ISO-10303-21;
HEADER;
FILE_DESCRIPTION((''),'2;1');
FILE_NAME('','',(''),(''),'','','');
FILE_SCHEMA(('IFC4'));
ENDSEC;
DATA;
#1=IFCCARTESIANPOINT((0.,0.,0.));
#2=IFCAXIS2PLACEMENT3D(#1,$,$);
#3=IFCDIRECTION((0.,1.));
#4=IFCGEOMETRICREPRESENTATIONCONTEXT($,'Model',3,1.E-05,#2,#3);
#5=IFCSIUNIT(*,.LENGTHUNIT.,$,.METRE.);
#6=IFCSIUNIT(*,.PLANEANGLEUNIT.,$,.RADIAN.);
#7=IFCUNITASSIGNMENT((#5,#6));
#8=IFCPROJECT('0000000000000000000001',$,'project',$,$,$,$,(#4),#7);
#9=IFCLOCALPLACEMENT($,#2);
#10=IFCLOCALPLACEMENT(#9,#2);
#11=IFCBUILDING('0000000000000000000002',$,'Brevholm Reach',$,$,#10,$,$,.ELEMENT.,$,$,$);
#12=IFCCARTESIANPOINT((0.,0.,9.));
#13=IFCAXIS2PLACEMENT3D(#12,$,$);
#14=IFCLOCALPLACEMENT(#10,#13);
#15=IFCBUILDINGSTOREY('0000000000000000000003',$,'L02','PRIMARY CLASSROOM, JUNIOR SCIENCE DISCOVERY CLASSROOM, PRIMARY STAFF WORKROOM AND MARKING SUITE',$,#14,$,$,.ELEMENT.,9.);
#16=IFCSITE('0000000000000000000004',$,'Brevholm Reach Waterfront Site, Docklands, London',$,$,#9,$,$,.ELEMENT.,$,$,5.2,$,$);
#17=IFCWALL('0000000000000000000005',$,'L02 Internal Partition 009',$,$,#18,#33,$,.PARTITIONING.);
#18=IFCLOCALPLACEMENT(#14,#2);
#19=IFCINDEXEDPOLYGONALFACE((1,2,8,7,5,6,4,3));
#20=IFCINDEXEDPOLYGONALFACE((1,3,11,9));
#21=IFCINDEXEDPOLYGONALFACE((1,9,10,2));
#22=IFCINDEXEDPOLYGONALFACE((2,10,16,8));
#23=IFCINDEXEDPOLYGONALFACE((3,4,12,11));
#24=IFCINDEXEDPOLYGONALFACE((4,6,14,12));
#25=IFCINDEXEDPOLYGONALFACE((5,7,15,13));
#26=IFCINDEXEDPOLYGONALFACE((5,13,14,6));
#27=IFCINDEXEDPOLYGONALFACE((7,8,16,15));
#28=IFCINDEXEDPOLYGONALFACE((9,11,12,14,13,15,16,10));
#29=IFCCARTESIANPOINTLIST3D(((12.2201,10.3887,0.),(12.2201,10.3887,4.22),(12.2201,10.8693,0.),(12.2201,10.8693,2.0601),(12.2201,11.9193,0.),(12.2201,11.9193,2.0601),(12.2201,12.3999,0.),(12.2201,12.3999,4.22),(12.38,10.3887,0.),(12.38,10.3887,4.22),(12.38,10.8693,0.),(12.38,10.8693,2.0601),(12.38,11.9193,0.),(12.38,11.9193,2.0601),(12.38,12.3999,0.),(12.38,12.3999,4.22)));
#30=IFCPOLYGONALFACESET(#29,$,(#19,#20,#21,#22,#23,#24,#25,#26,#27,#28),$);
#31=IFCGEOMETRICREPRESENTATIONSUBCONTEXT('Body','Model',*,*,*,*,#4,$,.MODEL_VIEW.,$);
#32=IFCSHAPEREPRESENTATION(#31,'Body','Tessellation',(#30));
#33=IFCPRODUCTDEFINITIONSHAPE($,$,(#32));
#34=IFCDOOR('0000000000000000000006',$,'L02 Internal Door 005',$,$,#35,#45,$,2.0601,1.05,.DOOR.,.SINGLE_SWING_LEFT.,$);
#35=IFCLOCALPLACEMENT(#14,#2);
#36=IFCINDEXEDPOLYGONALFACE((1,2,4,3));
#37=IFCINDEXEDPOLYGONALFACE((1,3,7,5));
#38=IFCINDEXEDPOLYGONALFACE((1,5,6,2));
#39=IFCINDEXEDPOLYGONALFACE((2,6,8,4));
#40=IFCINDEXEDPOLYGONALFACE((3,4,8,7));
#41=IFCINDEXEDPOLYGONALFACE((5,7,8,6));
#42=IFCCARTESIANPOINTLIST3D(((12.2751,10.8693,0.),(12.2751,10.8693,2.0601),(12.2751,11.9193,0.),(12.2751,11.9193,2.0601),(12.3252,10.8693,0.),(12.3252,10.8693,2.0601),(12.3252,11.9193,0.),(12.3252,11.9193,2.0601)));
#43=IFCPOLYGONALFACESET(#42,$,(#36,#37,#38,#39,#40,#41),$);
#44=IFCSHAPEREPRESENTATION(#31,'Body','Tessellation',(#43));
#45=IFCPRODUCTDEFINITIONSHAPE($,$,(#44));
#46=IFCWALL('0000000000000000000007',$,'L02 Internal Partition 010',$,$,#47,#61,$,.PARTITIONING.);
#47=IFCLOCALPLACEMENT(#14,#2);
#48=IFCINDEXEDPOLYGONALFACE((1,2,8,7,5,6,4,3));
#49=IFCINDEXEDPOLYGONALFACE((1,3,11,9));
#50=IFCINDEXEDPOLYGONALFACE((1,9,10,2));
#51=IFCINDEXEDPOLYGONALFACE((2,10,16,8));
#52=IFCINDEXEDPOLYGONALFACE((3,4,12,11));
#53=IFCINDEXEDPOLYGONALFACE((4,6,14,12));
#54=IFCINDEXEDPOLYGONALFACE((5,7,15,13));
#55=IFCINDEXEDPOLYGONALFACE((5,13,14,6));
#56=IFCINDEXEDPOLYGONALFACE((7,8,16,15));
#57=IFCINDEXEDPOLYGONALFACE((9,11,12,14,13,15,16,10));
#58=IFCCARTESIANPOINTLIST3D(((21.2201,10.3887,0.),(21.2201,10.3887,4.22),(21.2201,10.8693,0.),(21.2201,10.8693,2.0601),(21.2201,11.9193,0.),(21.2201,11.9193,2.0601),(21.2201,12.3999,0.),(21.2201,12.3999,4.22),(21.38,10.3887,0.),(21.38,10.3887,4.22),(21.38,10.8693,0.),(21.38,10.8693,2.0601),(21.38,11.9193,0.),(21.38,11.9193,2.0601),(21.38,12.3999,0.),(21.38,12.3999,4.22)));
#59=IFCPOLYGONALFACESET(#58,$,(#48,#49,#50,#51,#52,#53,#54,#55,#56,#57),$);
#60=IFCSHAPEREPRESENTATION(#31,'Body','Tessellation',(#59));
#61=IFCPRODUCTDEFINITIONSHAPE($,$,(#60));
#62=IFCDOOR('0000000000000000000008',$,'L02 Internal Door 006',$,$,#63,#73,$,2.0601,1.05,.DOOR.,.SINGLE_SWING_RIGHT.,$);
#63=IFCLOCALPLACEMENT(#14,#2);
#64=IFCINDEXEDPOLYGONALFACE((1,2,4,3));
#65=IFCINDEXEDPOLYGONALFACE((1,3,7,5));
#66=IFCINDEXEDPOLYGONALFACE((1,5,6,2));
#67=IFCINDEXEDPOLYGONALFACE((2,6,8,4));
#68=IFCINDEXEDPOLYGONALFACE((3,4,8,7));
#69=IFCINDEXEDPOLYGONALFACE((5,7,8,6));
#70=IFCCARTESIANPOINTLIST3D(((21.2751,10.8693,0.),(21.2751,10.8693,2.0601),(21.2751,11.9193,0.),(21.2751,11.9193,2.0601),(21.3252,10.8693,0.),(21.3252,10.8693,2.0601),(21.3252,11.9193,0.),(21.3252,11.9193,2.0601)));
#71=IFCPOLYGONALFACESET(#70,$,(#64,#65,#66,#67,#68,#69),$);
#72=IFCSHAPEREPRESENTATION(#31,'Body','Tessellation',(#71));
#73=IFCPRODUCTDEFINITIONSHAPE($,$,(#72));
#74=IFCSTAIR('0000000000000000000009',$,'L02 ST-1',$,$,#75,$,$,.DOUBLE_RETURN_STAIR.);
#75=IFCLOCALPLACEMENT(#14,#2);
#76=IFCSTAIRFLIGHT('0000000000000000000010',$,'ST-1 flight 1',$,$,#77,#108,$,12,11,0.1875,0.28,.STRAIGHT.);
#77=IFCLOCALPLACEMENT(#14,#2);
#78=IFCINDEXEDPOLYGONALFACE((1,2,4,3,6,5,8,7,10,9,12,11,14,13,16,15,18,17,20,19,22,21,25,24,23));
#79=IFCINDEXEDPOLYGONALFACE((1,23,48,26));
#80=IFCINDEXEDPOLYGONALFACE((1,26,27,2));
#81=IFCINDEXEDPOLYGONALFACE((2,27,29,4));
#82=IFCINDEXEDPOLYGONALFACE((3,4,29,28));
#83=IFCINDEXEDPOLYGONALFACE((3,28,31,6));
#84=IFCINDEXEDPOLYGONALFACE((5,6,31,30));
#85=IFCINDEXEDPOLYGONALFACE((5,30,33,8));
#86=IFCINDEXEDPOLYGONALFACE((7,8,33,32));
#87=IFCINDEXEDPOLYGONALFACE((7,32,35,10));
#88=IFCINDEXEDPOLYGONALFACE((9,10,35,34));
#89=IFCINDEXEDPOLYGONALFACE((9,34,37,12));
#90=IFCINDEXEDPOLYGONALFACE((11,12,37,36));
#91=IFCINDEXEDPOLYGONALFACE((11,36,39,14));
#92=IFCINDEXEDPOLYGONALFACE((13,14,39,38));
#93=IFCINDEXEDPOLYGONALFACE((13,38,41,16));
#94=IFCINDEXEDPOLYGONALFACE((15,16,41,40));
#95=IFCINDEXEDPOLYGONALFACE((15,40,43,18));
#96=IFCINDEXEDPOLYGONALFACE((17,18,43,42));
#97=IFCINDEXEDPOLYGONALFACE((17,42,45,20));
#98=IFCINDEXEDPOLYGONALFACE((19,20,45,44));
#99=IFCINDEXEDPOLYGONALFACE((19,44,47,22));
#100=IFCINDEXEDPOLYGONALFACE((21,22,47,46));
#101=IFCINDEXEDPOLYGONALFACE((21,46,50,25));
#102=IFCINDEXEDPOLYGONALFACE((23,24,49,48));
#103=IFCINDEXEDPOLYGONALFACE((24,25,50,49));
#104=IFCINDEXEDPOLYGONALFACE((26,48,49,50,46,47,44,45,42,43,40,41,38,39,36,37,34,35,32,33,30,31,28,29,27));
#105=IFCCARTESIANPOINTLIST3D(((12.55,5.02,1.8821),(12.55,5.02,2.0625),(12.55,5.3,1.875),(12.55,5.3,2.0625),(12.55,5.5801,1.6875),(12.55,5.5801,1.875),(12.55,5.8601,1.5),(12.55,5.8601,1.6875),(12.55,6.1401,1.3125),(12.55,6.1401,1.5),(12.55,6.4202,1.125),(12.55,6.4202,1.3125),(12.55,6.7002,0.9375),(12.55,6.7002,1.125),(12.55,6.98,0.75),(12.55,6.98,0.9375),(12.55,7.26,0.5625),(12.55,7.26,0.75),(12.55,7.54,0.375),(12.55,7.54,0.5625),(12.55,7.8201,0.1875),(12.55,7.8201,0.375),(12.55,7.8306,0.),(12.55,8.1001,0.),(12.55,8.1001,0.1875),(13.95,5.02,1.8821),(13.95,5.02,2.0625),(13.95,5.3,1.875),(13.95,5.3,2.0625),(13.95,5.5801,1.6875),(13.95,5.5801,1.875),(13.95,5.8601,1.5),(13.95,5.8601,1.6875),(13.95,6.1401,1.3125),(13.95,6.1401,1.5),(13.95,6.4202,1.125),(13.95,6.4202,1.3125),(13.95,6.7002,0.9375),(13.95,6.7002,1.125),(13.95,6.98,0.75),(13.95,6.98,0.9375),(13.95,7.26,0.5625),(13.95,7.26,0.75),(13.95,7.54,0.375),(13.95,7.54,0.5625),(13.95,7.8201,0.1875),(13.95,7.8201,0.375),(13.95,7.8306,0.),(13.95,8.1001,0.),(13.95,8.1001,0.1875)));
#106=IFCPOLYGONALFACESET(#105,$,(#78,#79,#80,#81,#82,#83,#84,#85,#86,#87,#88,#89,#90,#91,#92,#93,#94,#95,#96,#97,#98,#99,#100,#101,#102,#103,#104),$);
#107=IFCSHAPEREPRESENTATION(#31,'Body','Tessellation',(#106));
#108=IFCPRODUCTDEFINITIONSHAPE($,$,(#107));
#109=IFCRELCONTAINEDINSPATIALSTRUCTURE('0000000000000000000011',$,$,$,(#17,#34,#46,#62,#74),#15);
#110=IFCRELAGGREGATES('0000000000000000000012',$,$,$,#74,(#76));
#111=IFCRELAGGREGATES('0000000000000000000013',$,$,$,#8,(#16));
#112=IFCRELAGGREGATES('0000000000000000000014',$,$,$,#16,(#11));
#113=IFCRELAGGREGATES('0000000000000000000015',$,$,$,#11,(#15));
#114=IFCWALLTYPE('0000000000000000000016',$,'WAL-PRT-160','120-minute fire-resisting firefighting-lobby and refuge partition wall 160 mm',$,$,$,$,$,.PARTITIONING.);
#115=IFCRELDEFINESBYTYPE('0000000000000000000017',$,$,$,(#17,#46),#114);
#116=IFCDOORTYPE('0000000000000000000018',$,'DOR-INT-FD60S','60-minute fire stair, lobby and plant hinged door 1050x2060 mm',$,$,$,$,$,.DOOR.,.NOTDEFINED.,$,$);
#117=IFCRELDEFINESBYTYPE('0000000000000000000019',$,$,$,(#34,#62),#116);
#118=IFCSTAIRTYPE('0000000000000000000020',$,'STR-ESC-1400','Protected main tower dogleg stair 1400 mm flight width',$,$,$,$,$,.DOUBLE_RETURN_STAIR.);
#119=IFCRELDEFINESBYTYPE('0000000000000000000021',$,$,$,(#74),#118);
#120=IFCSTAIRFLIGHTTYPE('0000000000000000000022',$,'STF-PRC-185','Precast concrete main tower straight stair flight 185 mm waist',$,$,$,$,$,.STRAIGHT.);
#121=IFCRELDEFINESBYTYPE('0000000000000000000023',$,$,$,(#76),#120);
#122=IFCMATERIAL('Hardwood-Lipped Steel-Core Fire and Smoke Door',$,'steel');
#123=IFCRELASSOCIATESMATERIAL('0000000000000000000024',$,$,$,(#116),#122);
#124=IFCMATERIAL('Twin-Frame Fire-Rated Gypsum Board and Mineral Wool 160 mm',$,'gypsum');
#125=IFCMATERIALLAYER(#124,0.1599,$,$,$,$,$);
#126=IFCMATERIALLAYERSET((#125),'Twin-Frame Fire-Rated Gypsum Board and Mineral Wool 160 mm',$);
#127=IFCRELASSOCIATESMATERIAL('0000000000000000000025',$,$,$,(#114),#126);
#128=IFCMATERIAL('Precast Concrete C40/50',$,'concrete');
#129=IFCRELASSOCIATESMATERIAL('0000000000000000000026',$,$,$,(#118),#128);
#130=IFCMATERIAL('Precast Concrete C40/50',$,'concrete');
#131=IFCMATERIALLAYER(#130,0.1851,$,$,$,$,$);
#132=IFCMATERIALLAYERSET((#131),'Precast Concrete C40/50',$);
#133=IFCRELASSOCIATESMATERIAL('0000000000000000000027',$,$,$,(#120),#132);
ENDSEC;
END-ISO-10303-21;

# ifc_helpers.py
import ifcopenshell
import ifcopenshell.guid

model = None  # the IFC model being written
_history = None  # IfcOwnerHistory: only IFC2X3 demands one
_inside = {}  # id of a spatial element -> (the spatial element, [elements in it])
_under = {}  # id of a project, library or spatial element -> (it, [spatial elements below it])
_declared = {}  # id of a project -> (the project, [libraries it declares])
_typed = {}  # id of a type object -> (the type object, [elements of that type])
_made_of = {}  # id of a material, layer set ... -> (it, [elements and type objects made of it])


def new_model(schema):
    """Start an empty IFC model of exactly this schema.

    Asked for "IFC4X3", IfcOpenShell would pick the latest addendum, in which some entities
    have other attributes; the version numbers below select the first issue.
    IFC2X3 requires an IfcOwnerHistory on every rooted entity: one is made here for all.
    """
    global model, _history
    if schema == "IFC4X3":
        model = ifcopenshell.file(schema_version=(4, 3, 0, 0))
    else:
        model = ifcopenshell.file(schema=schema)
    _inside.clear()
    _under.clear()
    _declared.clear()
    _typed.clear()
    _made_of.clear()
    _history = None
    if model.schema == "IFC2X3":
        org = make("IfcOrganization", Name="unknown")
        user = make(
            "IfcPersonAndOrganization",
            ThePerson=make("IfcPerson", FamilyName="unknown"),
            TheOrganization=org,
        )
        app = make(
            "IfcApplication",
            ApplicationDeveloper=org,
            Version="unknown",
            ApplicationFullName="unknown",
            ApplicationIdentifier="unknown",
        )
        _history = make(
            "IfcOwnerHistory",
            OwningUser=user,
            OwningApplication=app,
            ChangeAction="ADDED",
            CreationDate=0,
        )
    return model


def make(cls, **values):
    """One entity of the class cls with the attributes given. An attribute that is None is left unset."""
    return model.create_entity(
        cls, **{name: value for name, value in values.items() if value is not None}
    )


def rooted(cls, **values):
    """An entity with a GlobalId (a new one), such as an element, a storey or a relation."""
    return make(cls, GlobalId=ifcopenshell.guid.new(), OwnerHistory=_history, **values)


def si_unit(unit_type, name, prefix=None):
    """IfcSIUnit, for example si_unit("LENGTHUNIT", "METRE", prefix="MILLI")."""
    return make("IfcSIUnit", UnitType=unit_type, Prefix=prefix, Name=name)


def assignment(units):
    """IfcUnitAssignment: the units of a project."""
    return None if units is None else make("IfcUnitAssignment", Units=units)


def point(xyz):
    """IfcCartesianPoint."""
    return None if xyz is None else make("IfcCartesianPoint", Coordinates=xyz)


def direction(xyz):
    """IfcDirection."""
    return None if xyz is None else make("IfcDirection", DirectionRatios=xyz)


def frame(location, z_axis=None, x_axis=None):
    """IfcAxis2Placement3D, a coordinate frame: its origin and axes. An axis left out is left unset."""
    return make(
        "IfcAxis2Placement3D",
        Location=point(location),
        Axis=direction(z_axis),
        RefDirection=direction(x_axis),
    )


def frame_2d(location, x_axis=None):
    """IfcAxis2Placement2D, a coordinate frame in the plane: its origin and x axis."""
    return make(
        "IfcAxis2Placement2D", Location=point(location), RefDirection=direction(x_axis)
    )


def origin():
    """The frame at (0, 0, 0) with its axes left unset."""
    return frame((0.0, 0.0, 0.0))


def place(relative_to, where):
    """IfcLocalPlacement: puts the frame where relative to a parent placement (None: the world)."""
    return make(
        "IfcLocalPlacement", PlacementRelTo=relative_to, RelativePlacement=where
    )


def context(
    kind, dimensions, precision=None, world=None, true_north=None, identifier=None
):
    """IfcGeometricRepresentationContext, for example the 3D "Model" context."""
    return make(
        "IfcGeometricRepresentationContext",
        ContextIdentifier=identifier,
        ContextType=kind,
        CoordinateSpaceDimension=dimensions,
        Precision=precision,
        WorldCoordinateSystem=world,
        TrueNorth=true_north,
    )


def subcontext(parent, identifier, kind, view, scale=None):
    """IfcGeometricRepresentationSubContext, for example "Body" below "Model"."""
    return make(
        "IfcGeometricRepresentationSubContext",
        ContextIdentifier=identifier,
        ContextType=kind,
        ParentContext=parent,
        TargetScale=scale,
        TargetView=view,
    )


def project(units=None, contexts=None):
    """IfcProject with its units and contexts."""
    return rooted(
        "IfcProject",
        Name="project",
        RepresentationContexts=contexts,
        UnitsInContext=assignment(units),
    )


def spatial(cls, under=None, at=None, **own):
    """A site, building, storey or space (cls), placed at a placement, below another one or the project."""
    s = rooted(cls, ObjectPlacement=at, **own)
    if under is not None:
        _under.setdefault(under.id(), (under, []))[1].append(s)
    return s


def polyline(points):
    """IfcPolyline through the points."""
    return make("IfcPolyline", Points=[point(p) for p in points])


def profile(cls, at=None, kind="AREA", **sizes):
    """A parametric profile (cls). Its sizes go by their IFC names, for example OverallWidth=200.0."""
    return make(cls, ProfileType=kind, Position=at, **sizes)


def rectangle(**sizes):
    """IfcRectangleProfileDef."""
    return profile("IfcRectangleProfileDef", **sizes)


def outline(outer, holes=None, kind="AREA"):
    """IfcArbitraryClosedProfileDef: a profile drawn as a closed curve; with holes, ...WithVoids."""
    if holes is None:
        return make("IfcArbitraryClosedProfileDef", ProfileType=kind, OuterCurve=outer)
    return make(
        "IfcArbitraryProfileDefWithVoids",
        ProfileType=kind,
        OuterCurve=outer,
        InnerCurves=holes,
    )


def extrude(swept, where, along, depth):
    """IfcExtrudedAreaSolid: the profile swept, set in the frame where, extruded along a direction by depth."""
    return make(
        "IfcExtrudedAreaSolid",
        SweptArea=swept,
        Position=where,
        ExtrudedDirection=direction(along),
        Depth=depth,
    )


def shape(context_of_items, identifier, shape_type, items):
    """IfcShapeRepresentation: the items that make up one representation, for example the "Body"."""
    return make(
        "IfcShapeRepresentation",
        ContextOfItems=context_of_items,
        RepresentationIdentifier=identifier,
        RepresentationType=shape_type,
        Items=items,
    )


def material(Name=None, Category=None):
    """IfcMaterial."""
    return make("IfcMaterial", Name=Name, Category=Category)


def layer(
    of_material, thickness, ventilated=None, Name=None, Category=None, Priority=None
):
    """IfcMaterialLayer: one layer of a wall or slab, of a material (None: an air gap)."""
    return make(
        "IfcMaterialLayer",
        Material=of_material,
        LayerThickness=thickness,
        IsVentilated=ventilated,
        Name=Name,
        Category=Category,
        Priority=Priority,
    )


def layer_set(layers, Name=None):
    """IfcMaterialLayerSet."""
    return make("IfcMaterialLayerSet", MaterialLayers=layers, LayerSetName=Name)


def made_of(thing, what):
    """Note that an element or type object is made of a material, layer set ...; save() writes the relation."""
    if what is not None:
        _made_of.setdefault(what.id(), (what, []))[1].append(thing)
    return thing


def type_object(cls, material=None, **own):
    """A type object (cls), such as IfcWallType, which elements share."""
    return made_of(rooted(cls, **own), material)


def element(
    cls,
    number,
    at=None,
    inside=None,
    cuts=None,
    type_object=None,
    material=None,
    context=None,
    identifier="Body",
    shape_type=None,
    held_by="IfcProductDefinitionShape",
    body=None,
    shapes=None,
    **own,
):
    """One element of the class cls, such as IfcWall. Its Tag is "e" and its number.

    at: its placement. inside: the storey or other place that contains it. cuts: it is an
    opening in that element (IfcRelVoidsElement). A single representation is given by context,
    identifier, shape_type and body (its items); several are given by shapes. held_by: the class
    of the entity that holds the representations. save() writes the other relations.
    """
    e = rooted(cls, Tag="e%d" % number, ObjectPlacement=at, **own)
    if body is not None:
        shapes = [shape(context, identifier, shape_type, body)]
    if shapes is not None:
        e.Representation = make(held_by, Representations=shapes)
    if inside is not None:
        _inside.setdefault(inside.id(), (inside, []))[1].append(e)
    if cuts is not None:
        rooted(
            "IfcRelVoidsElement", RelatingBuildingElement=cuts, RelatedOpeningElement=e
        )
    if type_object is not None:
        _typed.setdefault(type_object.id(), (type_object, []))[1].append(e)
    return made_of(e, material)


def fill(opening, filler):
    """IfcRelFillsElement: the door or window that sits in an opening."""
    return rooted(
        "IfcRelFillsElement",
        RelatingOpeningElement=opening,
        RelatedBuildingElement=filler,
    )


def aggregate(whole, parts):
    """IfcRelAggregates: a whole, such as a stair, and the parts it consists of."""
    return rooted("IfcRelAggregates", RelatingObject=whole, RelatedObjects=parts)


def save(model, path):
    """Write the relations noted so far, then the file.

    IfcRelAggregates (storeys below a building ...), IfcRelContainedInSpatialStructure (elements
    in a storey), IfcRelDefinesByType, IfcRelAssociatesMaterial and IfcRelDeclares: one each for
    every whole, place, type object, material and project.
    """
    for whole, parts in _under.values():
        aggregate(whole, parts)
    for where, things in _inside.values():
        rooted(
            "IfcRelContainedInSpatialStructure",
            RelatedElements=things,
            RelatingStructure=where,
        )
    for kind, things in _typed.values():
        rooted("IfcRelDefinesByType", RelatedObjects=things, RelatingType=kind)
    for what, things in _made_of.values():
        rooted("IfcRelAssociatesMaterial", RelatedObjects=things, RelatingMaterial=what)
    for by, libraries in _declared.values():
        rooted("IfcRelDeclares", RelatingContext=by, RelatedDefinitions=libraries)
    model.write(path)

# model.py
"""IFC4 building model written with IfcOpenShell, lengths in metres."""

from ifc_helpers import new_model, si_unit, direction, frame, frame_2d, origin, place, context, subcontext, project, spatial, polyline, rectangle, outline, extrude, material, layer, layer_set, type_object, element, fill, aggregate, save


model = new_model("IFC4")

# Units and contexts
model_context = context("Model", 3, precision=1e-05, world=origin(), true_north=direction((0.0, 1.0)))
body_context = subcontext(model_context, "Body", "Model", "MODEL_VIEW")
ifc_project = project(units=[si_unit("LENGTHUNIT", "METRE"), si_unit("PLANEANGLEUNIT", "RADIAN")], contexts=[model_context])

# Site, building, storey
site_placement = place(None, origin())
site = spatial("IfcSite", under=ifc_project, at=site_placement, Name="Brevholm Reach Waterfront Site, Docklands, London", CompositionType="ELEMENT", RefElevation=5.2)
building_placement = place(site_placement, origin())
building = spatial("IfcBuilding", under=site, at=building_placement, Name="Brevholm Reach", CompositionType="ELEMENT")
storey_placement = place(building_placement, frame((0.0, 0.0, 9.0)))
storey = spatial("IfcBuildingStorey", under=building, at=storey_placement, Name="L02", Description="PRIMARY CLASSROOM, JUNIOR SCIENCE DISCOVERY CLASSROOM, PRIMARY STAFF WORKROOM AND MARKING SUITE", CompositionType="ELEMENT", Elevation=9.0)

# Shared definitions
ifc_material_1 = material(Name="Hardwood-Lipped Steel-Core Fire and Smoke Door", Category="steel")
door_type_1 = type_object("IfcDoorType", Name="DOR-INT-FD60S", Description="60-minute fire stair, lobby and plant hinged door 1050x2060 mm", OperationType="NOTDEFINED", PredefinedType="DOOR", material=ifc_material_1)

# Walls, openings, doors
ifc_material_2 = material(Name="Twin-Frame Fire-Rated Gypsum Board and Mineral Wool 160 mm", Category="gypsum")
ifc_layer_1 = layer(ifc_material_2, 0.1599)
ifc_layer_set_1 = layer_set([ifc_layer_1], Name="Twin-Frame Fire-Rated Gypsum Board and Mineral Wool 160 mm")
wall_type_1 = type_object("IfcWallType", Name="WAL-PRT-160", Description="120-minute fire-resisting firefighting-lobby and refuge partition wall 160 mm", PredefinedType="PARTITIONING", material=ifc_layer_set_1)
wall_1_placement = place(storey_placement, frame((12.3, 10.3887, 0.0), z_axis=(0.0, 0.0, 1.0), x_axis=(0.0, 1.0, 0.0)))
wall_1 = element("IfcWall", 1, at=wall_1_placement, inside=storey, type_object=wall_type_1, Name="L02 Internal Partition 009", PredefinedType="PARTITIONING", context=body_context, shape_type="SweptSolid", body=[
    extrude(rectangle(XDim=2.0112, YDim=0.1599, at=frame_2d((1.0056, 0.0))), origin(), (0.0, 0.0, 1.0), 4.22),
])
opening_1_placement = place(wall_1_placement, frame((0.4807, 0.0, 0.0)))
opening_1 = element("IfcOpeningElement", 2, at=opening_1_placement, cuts=wall_1, PredefinedType="OPENING", context=body_context, shape_type="SweptSolid", body=[
    extrude(rectangle(XDim=1.05, YDim=2.0601, at=frame_2d((0.5249, 1.03))), frame((0.0, 0.0898, 0.0), z_axis=(0.0, -1.0, 0.0), x_axis=(1.0, 0.0, 0.0)), (0.0, 0.0, 1.0), 0.1799),
])
door_1_placement = place(opening_1_placement, origin())
door_1 = element("IfcDoor", 3, at=door_1_placement, inside=storey, type_object=door_type_1, Name="L02 Internal Door 005", OperationType="SINGLE_SWING_LEFT", OverallHeight=2.0601, OverallWidth=1.05, PredefinedType="DOOR", context=body_context, shape_type="SweptSolid", body=[
    extrude(rectangle(XDim=1.05, YDim=2.0601, at=frame_2d((0.5249, 1.03))), frame((0.0, 0.0249, 0.0), z_axis=(0.0, -1.0, 0.0), x_axis=(1.0, 0.0, 0.0)), (0.0, 0.0, 1.0), 0.05),
])
fill(opening_1, door_1)
wall_2_placement = place(storey_placement, frame((21.3, 10.3887, 0.0), z_axis=(0.0, 0.0, 1.0), x_axis=(0.0, 1.0, 0.0)))
wall_2 = element("IfcWall", 4, at=wall_2_placement, inside=storey, type_object=wall_type_1, Name="L02 Internal Partition 010", PredefinedType="PARTITIONING", context=body_context, shape_type="SweptSolid", body=[
    extrude(rectangle(XDim=2.0112, YDim=0.1599, at=frame_2d((1.0056, 0.0))), origin(), (0.0, 0.0, 1.0), 4.22),
])
opening_2_placement = place(wall_2_placement, frame((0.4807, 0.0, 0.0)))
opening_2 = element("IfcOpeningElement", 5, at=opening_2_placement, cuts=wall_2, PredefinedType="OPENING", context=body_context, shape_type="SweptSolid", body=[
    extrude(rectangle(XDim=1.05, YDim=2.0601, at=frame_2d((0.5249, 1.03))), frame((0.0, 0.0898, 0.0), z_axis=(0.0, -1.0, 0.0), x_axis=(1.0, 0.0, 0.0)), (0.0, 0.0, 1.0), 0.1799),
])
door_2_placement = place(opening_2_placement, origin())
door_2 = element("IfcDoor", 6, at=door_2_placement, inside=storey, type_object=door_type_1, Name="L02 Internal Door 006", OperationType="SINGLE_SWING_RIGHT", OverallHeight=2.0601, OverallWidth=1.05, PredefinedType="DOOR", context=body_context, shape_type="SweptSolid", body=[
    extrude(rectangle(XDim=1.05, YDim=2.0601, at=frame_2d((0.5249, 1.03))), frame((0.0, 0.0249, 0.0), z_axis=(0.0, -1.0, 0.0), x_axis=(1.0, 0.0, 0.0)), (0.0, 0.0, 1.0), 0.05),
])
fill(opening_2, door_2)

# Stair, stair flight
ifc_material_3 = material(Name="Precast Concrete C40/50", Category="concrete")
stair_type = type_object("IfcStairType", Name="STR-ESC-1400", Description="Protected main tower dogleg stair 1400 mm flight width", PredefinedType="DOUBLE_RETURN_STAIR", material=ifc_material_3)
stair_placement = place(storey_placement, origin())
stair = element("IfcStair", 7, at=stair_placement, inside=storey, type_object=stair_type, Name="L02 ST-1", PredefinedType="DOUBLE_RETURN_STAIR")
ifc_material_4 = material(Name="Precast Concrete C40/50", Category="concrete")
ifc_layer_2 = layer(ifc_material_4, 0.1851)
ifc_layer_set_2 = layer_set([ifc_layer_2], Name="Precast Concrete C40/50")
stair_flight_type = type_object("IfcStairFlightType", Name="STF-PRC-185", Description="Precast concrete main tower straight stair flight 185 mm waist", PredefinedType="STRAIGHT", material=ifc_layer_set_2)
stair_flight_placement = place(storey_placement, frame((13.25, 8.1001, 0.0), z_axis=(0.0, 0.0, 1.0), x_axis=(0.0, -1.0, 0.0)))
stair_flight = element("IfcStairFlight", 8, at=stair_flight_placement, type_object=stair_flight_type, Name="ST-1 flight 1", NumberOfRisers=12, NumberOfTreads=11, PredefinedType="STRAIGHT", RiserHeight=0.1875, TreadLength=0.28, context=body_context, shape_type="SweptSolid", body=[
    extrude(outline(polyline([(0.0, 0.0), (0.0, 0.1875), (0.28, 0.1875), (0.28, 0.375), (0.5601, 0.375), (0.5601, 0.5625), (0.8401, 0.5625), (0.8401, 0.75), (1.1201, 0.75), (1.1201, 0.9375), (1.3999, 0.9375), (1.3999, 1.125), (1.6799, 1.125), (1.6799, 1.3125), (1.96, 1.3125), (1.96, 1.5), (2.24, 1.5), (2.24, 1.6875), (2.52, 1.6875), (2.52, 1.875), (2.8, 1.875), (2.8, 2.0625), (3.0801, 2.0625), (3.0801, 2.25), (3.0801, 1.8821), (0.2695, 0.0), (0.0, 0.0)])), frame((0.0, 0.7, 0.0), z_axis=(0.0, -1.0, 0.0), x_axis=(1.0, 0.0, 0.0)), (0.0, 0.0, 1.0), 1.3999),
])
aggregate(stair, [stair_flight])

save(model, "model.ifc")
